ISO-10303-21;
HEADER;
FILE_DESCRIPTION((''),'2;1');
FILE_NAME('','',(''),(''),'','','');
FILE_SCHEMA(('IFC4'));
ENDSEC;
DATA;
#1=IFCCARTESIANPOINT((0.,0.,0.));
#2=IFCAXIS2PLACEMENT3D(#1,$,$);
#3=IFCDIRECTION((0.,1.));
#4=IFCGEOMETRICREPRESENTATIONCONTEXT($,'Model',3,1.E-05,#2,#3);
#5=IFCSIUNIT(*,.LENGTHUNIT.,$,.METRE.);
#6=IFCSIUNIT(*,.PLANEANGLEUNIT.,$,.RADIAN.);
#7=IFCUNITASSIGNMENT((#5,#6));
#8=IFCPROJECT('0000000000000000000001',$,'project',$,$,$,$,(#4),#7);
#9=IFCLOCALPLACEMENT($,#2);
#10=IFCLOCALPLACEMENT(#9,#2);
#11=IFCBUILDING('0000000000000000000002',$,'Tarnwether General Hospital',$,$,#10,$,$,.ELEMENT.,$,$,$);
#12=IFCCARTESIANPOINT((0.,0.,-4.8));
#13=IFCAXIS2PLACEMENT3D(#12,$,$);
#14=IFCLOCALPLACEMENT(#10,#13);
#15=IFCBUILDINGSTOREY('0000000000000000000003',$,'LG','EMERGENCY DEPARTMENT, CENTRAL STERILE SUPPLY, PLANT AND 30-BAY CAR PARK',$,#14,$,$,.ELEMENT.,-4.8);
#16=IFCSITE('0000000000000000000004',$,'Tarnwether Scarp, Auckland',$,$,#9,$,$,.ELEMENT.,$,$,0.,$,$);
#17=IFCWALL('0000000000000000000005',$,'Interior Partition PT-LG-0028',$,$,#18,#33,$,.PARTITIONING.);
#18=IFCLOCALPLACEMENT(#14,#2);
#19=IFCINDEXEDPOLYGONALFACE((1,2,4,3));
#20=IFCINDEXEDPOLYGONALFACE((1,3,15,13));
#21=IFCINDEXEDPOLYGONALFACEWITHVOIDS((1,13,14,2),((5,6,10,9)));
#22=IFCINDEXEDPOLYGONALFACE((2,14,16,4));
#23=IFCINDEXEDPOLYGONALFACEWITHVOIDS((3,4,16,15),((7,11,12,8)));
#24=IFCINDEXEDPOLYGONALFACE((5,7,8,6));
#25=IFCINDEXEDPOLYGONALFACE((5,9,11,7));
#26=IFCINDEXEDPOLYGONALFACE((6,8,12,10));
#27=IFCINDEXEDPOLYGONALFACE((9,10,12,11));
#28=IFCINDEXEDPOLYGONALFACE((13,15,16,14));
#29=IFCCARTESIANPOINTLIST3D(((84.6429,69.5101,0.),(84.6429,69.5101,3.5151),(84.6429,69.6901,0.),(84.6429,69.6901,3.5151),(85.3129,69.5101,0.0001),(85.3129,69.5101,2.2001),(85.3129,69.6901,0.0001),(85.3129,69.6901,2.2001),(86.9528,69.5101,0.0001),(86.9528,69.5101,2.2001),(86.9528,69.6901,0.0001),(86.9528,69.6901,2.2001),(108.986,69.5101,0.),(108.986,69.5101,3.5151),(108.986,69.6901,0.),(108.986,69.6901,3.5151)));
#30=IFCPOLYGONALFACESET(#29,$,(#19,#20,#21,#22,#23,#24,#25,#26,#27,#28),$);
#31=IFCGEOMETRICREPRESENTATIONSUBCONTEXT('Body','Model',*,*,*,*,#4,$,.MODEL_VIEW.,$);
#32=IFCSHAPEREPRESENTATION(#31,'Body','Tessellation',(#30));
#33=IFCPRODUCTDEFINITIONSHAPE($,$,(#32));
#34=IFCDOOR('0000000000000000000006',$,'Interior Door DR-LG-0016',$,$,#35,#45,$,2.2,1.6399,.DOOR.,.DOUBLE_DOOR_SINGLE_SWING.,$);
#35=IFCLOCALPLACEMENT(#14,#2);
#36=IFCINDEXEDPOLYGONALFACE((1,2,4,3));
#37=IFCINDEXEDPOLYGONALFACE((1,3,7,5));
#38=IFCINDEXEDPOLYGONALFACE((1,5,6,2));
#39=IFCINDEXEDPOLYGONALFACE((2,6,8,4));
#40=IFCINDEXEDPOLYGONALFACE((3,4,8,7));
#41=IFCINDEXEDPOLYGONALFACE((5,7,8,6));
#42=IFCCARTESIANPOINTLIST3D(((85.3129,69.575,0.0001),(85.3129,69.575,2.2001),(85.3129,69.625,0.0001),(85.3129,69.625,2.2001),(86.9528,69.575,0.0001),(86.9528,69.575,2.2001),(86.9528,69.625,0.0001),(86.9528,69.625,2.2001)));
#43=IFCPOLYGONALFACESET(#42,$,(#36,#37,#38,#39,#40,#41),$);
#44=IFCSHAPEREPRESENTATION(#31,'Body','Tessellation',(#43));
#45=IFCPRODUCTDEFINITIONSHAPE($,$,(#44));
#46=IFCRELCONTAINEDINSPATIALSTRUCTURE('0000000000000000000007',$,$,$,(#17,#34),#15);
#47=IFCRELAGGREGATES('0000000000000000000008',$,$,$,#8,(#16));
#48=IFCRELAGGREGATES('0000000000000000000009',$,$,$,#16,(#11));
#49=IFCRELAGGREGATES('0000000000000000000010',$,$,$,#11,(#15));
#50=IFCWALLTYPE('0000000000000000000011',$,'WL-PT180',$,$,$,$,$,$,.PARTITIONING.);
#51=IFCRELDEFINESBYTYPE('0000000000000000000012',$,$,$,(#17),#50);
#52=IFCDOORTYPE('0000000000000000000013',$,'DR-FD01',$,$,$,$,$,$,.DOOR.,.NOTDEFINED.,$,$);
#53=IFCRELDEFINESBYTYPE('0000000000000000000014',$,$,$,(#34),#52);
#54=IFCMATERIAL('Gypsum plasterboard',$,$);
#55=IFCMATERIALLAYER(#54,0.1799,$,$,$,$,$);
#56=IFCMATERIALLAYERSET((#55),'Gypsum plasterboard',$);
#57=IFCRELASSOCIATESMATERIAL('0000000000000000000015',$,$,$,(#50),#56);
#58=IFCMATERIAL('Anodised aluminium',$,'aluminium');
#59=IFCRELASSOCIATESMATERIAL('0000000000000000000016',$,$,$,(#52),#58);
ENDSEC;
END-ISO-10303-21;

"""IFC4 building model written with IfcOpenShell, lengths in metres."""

from ifc_helpers import new_model, si_unit, direction, frame, frame_2d, origin, place, context, subcontext, project, spatial, rectangle, extrude, material, layer, layer_set, type_object, element, fill, save


model = new_model("IFC4")

# Units and contexts
model_context = context("Model", 3, precision=1e-05, world=origin(), true_north=direction((0.0, 1.0)))
body_context = subcontext(model_context, "Body", "Model", "MODEL_VIEW")
ifc_project = project(units=[si_unit("LENGTHUNIT", "METRE"), si_unit("PLANEANGLEUNIT", "RADIAN")], contexts=[model_context])

# Site, building, storey
site_placement = place(None, origin())
site = spatial("IfcSite", under=ifc_project, at=site_placement, Name="Tarnwether Scarp, Auckland", CompositionType="ELEMENT", RefElevation=0.0)
building_placement = place(site_placement, origin())
building = spatial("IfcBuilding", under=site, at=building_placement, Name="Tarnwether General Hospital", CompositionType="ELEMENT")
storey_placement = place(building_placement, frame((0.0, 0.0, -4.8)))
storey = spatial("IfcBuildingStorey", under=building, at=storey_placement, Name="LG", Description="EMERGENCY DEPARTMENT, CENTRAL STERILE SUPPLY, PLANT AND 30-BAY CAR PARK", CompositionType="ELEMENT", Elevation=-4.8)

# Shared definitions
ifc_material_1 = material(Name="Gypsum plasterboard")
ifc_layer = layer(ifc_material_1, 0.1799)
ifc_layer_set = layer_set([ifc_layer], Name="Gypsum plasterboard")
wall_type = type_object("IfcWallType", Name="WL-PT180", PredefinedType="PARTITIONING", material=ifc_layer_set)

# Wall, opening, door
wall_1_placement = place(storey_placement, frame((84.6431, 69.6001, 0.0), z_axis=(0.0, 0.0, 1.0), x_axis=(1.0, 0.0, 0.0)))
wall_1 = element("IfcWall", 1, at=wall_1_placement, inside=storey, type_object=wall_type, Name="Interior Partition PT-LG-0028", PredefinedType="PARTITIONING", context=body_context, shape_type="SweptSolid", body=[
    extrude(rectangle(XDim=24.343, YDim=0.1799, at=frame_2d((12.1714, 0.0))), origin(), (0.0, 0.0, 1.0), 3.5151),
])
opening_1_placement = place(wall_1_placement, frame((0.6699, 0.0, 0.0)))
opening_1 = element("IfcOpeningElement", 2, at=opening_1_placement, cuts=wall_1, PredefinedType="OPENING", context=body_context, shape_type="SweptSolid", body=[
    extrude(rectangle(XDim=1.6399, YDim=2.2, at=frame_2d((0.8198, 1.1001))), frame((0.0, 0.1001, 0.0), z_axis=(0.0, -1.0, 0.0), x_axis=(1.0, 0.0, 0.0)), (0.0, 0.0, 1.0), 0.2),
])
ifc_material_2 = material(Name="Anodised aluminium", Category="aluminium")
door_type_1 = type_object("IfcDoorType", Name="DR-FD01", OperationType="NOTDEFINED", PredefinedType="DOOR", material=ifc_material_2)
door_1_placement = place(opening_1_placement, origin())
door_1 = element("IfcDoor", 3, at=door_1_placement, inside=storey, type_object=door_type_1, Name="Interior Door DR-LG-0016", OperationType="DOUBLE_DOOR_SINGLE_SWING", OverallHeight=2.2, OverallWidth=1.6399, PredefinedType="DOOR", context=body_context, shape_type="SweptSolid", body=[
    extrude(rectangle(XDim=1.6399, YDim=2.2, at=frame_2d((0.8198, 1.1001))), frame((0.0, 0.0249, 0.0), z_axis=(0.0, -1.0, 0.0), x_axis=(1.0, 0.0, 0.0)), (0.0, 0.0, 1.0), 0.05),
])
fill(opening_1, door_1)

save(model, "model.ifc")
